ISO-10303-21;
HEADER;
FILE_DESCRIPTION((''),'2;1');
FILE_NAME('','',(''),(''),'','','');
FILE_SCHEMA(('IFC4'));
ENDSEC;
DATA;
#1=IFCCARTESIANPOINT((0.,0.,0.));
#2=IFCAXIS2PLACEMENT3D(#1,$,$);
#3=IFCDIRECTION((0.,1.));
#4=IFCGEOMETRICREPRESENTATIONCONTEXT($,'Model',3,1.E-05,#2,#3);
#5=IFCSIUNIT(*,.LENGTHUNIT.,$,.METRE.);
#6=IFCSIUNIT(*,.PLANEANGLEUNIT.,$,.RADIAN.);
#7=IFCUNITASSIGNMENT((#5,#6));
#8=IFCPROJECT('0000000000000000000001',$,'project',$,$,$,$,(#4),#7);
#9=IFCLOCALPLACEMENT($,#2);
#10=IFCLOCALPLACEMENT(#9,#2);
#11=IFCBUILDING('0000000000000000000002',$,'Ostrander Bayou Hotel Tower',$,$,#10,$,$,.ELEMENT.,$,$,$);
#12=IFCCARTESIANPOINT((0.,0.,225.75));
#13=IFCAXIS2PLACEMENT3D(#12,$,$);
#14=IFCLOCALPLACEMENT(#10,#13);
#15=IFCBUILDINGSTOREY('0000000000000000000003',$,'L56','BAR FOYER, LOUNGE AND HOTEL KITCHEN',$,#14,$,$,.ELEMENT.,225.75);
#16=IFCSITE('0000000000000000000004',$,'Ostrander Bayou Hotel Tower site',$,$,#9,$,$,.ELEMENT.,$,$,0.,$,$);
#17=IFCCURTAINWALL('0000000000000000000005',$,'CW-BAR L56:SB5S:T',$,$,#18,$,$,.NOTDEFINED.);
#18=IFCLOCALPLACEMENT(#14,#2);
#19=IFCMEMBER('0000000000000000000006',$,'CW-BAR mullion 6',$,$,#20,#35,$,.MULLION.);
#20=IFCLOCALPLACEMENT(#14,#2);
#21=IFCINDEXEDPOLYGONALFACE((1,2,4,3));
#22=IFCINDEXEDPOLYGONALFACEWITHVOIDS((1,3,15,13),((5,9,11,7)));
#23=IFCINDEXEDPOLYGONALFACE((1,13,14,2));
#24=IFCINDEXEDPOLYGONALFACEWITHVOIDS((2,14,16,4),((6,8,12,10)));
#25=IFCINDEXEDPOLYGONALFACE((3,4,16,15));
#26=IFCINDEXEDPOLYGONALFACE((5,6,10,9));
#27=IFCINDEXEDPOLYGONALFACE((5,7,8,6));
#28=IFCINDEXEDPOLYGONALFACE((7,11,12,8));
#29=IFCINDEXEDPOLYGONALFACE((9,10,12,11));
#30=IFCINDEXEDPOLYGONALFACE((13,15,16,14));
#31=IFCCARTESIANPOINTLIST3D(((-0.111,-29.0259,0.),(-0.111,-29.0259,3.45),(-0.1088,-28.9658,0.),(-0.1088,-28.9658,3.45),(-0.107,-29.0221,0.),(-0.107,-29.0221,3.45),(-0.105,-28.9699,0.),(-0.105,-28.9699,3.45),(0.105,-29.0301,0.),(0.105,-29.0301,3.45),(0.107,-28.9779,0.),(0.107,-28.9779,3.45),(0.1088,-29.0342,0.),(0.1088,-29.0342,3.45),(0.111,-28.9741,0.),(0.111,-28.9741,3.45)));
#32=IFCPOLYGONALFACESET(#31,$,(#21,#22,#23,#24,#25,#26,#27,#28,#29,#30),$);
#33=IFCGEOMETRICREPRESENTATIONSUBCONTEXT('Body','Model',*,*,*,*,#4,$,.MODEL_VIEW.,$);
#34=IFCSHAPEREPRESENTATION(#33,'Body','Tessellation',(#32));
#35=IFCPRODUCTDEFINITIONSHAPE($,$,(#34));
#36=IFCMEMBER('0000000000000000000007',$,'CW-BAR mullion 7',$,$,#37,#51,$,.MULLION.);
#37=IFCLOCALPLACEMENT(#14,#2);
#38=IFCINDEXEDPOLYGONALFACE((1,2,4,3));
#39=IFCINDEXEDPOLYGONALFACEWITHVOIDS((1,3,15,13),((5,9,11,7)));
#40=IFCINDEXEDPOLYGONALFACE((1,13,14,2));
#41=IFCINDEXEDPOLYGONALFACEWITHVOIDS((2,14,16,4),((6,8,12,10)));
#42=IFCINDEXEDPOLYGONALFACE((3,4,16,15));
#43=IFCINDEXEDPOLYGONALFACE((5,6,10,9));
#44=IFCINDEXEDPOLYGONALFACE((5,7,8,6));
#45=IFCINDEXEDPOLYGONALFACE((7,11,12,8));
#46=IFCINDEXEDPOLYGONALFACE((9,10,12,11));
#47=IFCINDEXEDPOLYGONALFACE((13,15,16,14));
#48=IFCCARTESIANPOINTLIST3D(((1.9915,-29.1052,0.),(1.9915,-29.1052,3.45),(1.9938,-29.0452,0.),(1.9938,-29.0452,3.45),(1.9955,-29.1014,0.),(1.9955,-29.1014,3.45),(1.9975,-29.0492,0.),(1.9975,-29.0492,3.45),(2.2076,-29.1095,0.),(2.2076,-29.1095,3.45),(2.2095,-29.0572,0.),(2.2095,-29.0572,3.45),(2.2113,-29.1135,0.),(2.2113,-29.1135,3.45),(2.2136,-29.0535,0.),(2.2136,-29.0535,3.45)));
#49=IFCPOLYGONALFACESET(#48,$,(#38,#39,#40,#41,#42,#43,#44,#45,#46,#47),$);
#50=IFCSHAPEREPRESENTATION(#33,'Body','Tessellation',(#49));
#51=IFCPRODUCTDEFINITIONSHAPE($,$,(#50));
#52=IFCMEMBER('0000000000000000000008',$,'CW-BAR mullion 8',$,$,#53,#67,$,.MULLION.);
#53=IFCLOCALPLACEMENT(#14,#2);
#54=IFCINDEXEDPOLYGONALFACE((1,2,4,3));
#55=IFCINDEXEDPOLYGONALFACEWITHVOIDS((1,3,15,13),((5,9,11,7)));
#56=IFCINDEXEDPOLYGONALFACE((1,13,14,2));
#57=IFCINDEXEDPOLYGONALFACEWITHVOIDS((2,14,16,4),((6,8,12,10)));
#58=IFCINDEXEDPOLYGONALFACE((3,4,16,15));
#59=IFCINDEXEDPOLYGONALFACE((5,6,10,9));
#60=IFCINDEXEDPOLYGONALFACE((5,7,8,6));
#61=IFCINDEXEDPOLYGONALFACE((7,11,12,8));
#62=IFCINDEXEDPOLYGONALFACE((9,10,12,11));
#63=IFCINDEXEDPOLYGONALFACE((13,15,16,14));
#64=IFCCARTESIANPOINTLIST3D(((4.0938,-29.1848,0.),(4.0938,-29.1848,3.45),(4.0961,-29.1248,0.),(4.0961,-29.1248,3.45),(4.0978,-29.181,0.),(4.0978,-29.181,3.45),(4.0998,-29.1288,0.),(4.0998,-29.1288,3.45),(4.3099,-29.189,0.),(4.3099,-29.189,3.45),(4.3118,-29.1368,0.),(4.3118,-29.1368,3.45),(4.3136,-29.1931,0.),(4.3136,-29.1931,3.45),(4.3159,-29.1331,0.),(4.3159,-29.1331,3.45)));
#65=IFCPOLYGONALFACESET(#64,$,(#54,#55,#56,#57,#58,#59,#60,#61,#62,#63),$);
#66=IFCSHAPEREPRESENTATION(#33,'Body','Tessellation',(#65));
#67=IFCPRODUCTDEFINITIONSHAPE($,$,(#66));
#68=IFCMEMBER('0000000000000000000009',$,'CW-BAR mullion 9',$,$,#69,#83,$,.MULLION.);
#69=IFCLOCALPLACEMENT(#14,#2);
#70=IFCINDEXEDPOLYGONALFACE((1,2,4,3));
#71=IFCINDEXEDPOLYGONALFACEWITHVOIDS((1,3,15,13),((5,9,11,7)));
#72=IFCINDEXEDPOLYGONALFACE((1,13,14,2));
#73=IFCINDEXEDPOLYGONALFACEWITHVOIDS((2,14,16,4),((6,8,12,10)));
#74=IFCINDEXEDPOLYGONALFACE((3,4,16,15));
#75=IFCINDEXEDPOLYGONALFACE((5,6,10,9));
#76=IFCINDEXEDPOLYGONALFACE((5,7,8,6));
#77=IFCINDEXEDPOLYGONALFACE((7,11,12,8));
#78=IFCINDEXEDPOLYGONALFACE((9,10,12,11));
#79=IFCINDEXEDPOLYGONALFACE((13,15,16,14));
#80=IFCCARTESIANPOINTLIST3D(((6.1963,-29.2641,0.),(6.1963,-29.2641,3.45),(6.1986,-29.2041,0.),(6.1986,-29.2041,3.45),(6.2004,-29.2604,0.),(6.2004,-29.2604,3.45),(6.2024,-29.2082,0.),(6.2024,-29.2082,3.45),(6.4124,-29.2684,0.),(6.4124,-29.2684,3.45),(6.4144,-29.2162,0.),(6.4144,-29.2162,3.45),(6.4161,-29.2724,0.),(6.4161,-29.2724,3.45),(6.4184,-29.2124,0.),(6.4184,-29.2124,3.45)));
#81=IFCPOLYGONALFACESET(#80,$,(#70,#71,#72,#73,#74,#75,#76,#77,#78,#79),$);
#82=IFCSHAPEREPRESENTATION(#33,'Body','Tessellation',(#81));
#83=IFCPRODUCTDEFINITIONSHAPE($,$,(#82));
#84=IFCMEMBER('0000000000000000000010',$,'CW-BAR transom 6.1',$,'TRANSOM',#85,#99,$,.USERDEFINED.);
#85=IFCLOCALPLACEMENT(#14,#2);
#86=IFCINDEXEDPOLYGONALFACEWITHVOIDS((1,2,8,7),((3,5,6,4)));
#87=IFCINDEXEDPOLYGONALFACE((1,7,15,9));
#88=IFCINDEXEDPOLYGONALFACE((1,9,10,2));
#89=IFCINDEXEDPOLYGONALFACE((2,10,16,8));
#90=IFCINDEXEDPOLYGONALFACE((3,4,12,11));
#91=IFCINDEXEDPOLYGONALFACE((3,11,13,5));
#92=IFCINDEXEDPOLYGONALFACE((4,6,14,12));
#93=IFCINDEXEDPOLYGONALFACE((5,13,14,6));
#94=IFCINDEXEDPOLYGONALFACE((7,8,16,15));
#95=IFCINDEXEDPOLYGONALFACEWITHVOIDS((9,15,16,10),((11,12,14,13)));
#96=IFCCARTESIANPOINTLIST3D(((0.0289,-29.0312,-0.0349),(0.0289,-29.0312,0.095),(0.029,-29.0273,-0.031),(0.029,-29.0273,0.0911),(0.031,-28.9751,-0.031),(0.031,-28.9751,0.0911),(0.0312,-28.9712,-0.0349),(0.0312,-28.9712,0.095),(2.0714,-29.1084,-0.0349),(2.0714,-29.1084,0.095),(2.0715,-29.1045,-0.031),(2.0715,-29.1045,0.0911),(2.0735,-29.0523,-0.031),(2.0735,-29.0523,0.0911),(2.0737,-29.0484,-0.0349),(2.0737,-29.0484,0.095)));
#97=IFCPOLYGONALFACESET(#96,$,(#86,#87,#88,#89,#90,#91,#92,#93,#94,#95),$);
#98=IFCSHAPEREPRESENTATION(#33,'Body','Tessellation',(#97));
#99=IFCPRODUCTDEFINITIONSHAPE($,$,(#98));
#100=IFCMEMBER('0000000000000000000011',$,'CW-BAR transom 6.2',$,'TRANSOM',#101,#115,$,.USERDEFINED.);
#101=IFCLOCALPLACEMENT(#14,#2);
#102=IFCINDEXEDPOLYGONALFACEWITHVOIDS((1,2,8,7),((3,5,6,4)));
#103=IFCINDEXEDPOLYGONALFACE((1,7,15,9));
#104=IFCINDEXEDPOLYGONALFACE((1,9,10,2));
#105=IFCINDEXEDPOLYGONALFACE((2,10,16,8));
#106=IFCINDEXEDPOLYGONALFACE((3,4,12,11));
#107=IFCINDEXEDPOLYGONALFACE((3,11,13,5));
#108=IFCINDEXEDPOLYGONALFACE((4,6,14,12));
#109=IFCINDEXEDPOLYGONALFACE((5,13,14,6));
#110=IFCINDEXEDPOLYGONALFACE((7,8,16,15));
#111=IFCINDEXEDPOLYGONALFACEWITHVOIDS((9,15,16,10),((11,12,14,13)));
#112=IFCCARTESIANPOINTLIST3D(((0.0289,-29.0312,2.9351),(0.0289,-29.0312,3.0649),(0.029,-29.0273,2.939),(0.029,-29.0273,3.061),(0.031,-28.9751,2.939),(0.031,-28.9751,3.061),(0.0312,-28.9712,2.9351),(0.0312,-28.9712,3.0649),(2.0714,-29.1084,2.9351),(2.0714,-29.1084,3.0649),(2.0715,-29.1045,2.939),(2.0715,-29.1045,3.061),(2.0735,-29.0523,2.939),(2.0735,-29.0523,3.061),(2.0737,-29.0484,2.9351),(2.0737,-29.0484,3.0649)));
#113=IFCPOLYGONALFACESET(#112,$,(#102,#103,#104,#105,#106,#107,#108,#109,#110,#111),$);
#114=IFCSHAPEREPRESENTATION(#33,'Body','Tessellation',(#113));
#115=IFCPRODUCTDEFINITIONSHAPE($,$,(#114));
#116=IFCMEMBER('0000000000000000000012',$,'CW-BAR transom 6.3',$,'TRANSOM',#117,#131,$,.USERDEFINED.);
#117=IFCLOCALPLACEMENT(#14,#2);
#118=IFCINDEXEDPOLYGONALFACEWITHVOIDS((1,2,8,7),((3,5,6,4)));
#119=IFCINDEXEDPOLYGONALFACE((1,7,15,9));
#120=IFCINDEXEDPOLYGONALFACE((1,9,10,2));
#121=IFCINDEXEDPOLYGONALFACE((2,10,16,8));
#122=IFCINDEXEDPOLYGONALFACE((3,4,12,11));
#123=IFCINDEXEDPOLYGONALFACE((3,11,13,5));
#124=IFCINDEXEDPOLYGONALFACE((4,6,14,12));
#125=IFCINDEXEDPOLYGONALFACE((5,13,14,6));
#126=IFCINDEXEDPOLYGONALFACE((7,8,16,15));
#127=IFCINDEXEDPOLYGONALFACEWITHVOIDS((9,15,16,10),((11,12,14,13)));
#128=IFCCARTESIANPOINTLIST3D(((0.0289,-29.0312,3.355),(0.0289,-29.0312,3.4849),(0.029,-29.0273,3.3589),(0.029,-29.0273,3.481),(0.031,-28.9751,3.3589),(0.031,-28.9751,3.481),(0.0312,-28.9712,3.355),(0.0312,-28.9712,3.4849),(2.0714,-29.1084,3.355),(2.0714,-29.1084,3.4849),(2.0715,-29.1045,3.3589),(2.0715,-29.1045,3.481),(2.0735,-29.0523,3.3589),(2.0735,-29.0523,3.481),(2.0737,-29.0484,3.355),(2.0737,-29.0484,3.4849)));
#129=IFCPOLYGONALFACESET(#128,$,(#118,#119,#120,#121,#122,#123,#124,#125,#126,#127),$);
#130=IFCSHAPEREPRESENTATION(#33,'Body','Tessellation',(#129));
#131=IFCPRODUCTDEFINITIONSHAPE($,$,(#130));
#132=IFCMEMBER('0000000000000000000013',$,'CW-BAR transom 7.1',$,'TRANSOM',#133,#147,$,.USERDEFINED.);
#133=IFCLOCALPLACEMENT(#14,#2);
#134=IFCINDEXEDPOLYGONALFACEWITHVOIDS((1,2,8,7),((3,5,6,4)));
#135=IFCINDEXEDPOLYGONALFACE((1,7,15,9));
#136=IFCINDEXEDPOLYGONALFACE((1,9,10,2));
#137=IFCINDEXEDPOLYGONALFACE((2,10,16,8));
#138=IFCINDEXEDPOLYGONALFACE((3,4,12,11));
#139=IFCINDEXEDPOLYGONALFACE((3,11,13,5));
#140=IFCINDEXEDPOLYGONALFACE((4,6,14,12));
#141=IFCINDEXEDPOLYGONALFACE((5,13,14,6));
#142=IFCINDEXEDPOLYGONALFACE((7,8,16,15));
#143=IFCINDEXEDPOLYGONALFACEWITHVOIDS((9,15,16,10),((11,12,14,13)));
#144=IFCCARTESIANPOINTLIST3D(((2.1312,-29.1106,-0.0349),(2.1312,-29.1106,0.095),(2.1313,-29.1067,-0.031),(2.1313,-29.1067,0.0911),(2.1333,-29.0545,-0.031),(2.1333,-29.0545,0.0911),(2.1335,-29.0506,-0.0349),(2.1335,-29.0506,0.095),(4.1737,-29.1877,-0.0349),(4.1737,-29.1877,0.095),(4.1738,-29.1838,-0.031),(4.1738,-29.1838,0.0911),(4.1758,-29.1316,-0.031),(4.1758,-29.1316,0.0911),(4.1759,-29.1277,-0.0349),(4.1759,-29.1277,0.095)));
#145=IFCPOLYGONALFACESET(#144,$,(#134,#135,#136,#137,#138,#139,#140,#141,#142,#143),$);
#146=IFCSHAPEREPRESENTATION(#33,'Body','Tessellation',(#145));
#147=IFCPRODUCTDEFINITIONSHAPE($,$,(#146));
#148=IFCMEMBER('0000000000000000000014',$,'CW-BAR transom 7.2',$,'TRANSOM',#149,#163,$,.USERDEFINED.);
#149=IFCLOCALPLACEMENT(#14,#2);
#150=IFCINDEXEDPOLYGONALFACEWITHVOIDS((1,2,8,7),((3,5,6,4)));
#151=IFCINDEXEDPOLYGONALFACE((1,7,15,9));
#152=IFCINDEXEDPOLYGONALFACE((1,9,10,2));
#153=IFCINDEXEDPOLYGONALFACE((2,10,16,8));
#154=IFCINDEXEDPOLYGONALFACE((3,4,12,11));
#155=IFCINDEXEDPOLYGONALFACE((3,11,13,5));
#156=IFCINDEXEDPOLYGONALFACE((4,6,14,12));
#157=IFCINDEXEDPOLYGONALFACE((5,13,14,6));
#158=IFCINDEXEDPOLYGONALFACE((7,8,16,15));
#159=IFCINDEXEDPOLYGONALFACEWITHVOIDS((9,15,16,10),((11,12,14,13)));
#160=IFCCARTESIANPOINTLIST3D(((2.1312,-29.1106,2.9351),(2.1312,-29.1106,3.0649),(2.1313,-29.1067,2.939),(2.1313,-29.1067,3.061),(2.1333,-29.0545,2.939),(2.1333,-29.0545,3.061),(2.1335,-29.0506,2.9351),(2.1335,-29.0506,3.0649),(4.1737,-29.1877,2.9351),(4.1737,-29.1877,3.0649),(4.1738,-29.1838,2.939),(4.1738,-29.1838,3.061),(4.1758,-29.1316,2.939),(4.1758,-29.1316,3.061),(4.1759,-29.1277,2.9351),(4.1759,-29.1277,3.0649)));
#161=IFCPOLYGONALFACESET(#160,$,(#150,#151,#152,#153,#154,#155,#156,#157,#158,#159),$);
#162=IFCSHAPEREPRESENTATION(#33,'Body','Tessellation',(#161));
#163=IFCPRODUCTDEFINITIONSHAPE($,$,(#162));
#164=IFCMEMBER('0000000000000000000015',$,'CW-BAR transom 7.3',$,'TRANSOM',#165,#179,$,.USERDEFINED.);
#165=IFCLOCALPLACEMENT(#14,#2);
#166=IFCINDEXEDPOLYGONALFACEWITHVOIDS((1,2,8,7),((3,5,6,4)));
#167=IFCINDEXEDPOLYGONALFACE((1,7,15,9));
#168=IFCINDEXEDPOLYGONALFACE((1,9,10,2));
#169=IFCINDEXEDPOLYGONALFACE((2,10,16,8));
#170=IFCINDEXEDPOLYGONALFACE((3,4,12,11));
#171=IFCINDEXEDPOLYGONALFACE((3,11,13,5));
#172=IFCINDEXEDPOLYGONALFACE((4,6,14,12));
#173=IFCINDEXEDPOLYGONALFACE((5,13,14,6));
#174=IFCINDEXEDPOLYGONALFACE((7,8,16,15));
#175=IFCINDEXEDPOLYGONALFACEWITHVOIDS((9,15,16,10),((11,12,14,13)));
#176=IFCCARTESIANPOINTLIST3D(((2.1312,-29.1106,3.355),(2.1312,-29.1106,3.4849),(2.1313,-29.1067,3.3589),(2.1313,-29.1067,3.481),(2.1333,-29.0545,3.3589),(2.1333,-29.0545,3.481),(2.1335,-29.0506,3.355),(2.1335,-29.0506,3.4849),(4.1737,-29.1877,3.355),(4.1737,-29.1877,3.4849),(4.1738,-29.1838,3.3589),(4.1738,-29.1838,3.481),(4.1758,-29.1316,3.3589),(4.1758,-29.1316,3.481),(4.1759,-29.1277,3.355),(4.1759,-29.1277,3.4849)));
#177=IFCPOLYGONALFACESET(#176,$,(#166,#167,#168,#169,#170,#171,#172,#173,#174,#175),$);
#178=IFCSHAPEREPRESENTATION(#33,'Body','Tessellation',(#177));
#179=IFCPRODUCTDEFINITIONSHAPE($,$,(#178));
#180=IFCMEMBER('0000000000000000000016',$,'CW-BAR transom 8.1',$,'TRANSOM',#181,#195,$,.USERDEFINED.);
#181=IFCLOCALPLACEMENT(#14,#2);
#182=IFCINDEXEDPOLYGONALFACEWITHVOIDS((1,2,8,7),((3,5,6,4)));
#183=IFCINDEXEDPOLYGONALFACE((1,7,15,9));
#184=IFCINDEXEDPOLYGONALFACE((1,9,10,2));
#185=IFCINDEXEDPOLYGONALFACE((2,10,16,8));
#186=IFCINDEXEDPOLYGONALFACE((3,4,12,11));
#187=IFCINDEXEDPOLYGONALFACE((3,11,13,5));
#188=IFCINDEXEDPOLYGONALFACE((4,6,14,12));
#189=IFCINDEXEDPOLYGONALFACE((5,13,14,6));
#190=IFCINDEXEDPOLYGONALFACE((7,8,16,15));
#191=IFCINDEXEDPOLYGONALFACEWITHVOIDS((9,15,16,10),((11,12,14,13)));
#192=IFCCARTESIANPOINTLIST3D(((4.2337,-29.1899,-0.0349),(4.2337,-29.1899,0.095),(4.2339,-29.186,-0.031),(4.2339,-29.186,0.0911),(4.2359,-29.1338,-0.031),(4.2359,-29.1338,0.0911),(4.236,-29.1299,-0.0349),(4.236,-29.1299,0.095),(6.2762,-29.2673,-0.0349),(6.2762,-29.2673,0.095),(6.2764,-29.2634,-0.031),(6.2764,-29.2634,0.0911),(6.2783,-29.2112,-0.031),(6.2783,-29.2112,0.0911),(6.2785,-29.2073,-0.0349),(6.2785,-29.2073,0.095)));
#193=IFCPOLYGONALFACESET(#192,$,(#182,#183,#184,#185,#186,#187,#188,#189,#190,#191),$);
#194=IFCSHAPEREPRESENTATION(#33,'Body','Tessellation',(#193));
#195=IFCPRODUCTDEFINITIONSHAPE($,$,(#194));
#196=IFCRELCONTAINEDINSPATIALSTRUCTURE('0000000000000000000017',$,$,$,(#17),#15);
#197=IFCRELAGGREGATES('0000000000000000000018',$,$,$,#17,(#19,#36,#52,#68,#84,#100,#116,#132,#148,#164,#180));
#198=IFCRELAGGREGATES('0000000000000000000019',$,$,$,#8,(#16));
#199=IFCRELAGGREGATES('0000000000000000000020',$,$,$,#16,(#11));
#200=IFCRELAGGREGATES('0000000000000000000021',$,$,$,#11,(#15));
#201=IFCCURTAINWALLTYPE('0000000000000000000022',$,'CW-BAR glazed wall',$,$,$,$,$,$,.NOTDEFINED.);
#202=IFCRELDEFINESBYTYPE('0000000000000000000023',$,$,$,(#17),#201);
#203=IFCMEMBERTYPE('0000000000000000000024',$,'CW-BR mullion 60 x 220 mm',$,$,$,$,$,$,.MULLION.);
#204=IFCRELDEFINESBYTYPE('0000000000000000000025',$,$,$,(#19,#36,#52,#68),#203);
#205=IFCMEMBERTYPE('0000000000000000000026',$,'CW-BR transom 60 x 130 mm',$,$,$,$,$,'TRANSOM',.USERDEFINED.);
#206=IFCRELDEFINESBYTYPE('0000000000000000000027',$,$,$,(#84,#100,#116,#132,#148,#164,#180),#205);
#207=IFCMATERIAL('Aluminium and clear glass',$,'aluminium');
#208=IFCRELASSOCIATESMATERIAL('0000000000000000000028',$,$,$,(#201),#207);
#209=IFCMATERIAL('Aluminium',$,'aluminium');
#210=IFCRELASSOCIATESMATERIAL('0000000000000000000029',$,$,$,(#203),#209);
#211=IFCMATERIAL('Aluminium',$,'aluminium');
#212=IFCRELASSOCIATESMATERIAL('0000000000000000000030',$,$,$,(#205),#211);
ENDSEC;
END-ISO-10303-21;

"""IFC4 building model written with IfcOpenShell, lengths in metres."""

from ifc_helpers import new_model, si_unit, direction, frame, origin, origin_2d, place, context, subcontext, project, spatial, hollow_rectangle, extrude, material, material_profile, profile_set, type_object, element, aggregate, save


model = new_model("IFC4")

# Units and contexts
model_context = context("Model", 3, precision=1e-05, world=origin(), true_north=direction((0.0, 1.0)))
body_context = subcontext(model_context, "Body", "Model", "MODEL_VIEW")
ifc_project = project(units=[si_unit("LENGTHUNIT", "METRE"), si_unit("PLANEANGLEUNIT", "RADIAN")], contexts=[model_context])

# Site, building, storey
site_placement = place(None, origin())
site = spatial("IfcSite", under=ifc_project, at=site_placement, Name="Ostrander Bayou Hotel Tower site", CompositionType="ELEMENT", RefElevation=0.0)
building_placement = place(site_placement, origin())
building = spatial("IfcBuilding", under=site, at=building_placement, Name="Ostrander Bayou Hotel Tower", CompositionType="ELEMENT")
storey_placement = place(building_placement, frame((0.0, 0.0, 225.75)))
storey = spatial("IfcBuildingStorey", under=building, at=storey_placement, Name="L56", Description="BAR FOYER, LOUNGE AND HOTEL KITCHEN", CompositionType="ELEMENT", Elevation=225.75)

# Curtain wall, members
ifc_material_1 = material(Name="Aluminium and clear glass", Category="aluminium")
curtain_wall_type = type_object("IfcCurtainWallType", Name="CW-BAR glazed wall", PredefinedType="NOTDEFINED", material=ifc_material_1)
curtain_wall_placement = place(storey_placement, origin())
curtain_wall = element("IfcCurtainWall", 1, at=curtain_wall_placement, inside=storey, type_object=curtain_wall_type, Name="CW-BAR L56:SB5S:T", PredefinedType="NOTDEFINED")
ifc_material_2 = material(Name="Aluminium", Category="aluminium")
ifc_material_profile_1 = material_profile(ifc_material_2, hollow_rectangle(XDim=0.0601, YDim=0.22, WallThickness=0.0039, at=origin_2d()))
ifc_profile_set_1 = profile_set([ifc_material_profile_1], Name="Aluminium")
member_type_1 = type_object("IfcMemberType", Name="CW-BR mullion 60 x 220 mm", PredefinedType="MULLION", material=ifc_profile_set_1)
member_1_placement = place(storey_placement, frame((0.0, -29.0, 0.0), z_axis=(0.0, 0.0, 1.0), x_axis=(0.037758, 0.999287, 0.0)))
member_1 = element("IfcMember", 2, at=member_1_placement, type_object=member_type_1, Name="CW-BAR mullion 6", PredefinedType="MULLION", context=body_context, shape_type="SweptSolid", body=[
    extrude(hollow_rectangle(XDim=0.0601, YDim=0.22, WallThickness=0.0039, at=origin_2d()), origin(), (0.0, 0.0, 1.0), 3.45),
])
member_2_placement = place(storey_placement, frame((2.1025, -29.0793, 0.0), z_axis=(0.0, 0.0, 1.0), x_axis=(0.037758, 0.999287, 0.0)))
member_2 = element("IfcMember", 3, at=member_2_placement, type_object=member_type_1, Name="CW-BAR mullion 7", PredefinedType="MULLION", context=body_context, shape_type="SweptSolid", body=[
    extrude(hollow_rectangle(XDim=0.0601, YDim=0.22, WallThickness=0.0039, at=origin_2d()), origin(), (0.0, 0.0, 1.0), 3.45),
])
member_3_placement = place(storey_placement, frame((4.2048, -29.1589, 0.0), z_axis=(0.0, 0.0, 1.0), x_axis=(0.037758, 0.999287, 0.0)))
member_3 = element("IfcMember", 4, at=member_3_placement, type_object=member_type_1, Name="CW-BAR mullion 8", PredefinedType="MULLION", context=body_context, shape_type="SweptSolid", body=[
    extrude(hollow_rectangle(XDim=0.0601, YDim=0.22, WallThickness=0.0039, at=origin_2d()), origin(), (0.0, 0.0, 1.0), 3.45),
])
member_4_placement = place(storey_placement, frame((6.3074, -29.2383, 0.0), z_axis=(0.0, 0.0, 1.0), x_axis=(0.037758, 0.999287, 0.0)))
member_4 = element("IfcMember", 5, at=member_4_placement, type_object=member_type_1, Name="CW-BAR mullion 9", PredefinedType="MULLION", context=body_context, shape_type="SweptSolid", body=[
    extrude(hollow_rectangle(XDim=0.0601, YDim=0.22, WallThickness=0.0039, at=origin_2d()), origin(), (0.0, 0.0, 1.0), 3.45),
])
ifc_material_3 = material(Name="Aluminium", Category="aluminium")
ifc_material_profile_2 = material_profile(ifc_material_3, hollow_rectangle(XDim=0.0601, YDim=0.1299, WallThickness=0.0039, at=origin_2d()))
ifc_profile_set_2 = profile_set([ifc_material_profile_2], Name="Aluminium")
member_type_2 = type_object("IfcMemberType", Name="CW-BR transom 60 x 130 mm", ElementType="TRANSOM", PredefinedType="USERDEFINED", material=ifc_profile_set_2)
member_5_placement = place(storey_placement, frame((0.03, -29.0012, 0.03), z_axis=(0.999287, -0.037745, 0.0), x_axis=(0.037745, 0.999287, 0.0)))
member_5 = element("IfcMember", 6, at=member_5_placement, type_object=member_type_2, Name="CW-BAR transom 6.1", ObjectType="TRANSOM", PredefinedType="USERDEFINED", context=body_context, shape_type="SweptSolid", body=[
    extrude(hollow_rectangle(XDim=0.0601, YDim=0.1299, WallThickness=0.0039, at=origin_2d()), origin(), (0.0, 0.0, 1.0), 2.0439),
])
member_6_placement = place(storey_placement, frame((0.03, -29.0012, 3.0), z_axis=(0.999287, -0.037745, 0.0), x_axis=(0.037745, 0.999287, 0.0)))
member_6 = element("IfcMember", 7, at=member_6_placement, type_object=member_type_2, Name="CW-BAR transom 6.2", ObjectType="TRANSOM", PredefinedType="USERDEFINED", context=body_context, shape_type="SweptSolid", body=[
    extrude(hollow_rectangle(XDim=0.0601, YDim=0.1299, WallThickness=0.0039, at=origin_2d()), origin(), (0.0, 0.0, 1.0), 2.0439),
])
member_7_placement = place(storey_placement, frame((0.03, -29.0012, 3.4199), z_axis=(0.999287, -0.037745, 0.0), x_axis=(0.037745, 0.999287, 0.0)))
member_7 = element("IfcMember", 8, at=member_7_placement, type_object=member_type_2, Name="CW-BAR transom 6.3", ObjectType="TRANSOM", PredefinedType="USERDEFINED", context=body_context, shape_type="SweptSolid", body=[
    extrude(hollow_rectangle(XDim=0.0601, YDim=0.1299, WallThickness=0.0039, at=origin_2d()), origin(), (0.0, 0.0, 1.0), 2.0439),
])
member_8_placement = place(storey_placement, frame((2.1323, -29.0806, 0.03), z_axis=(0.999287, -0.037745, 0.0), x_axis=(0.037745, 0.999287, 0.0)))
member_8 = element("IfcMember", 9, at=member_8_placement, type_object=member_type_2, Name="CW-BAR transom 7.1", ObjectType="TRANSOM", PredefinedType="USERDEFINED", context=body_context, shape_type="SweptSolid", body=[
    extrude(hollow_rectangle(XDim=0.0601, YDim=0.1299, WallThickness=0.0039, at=origin_2d()), origin(), (0.0, 0.0, 1.0), 2.0439),
])
member_9_placement = place(storey_placement, frame((2.1323, -29.0806, 3.0), z_axis=(0.999287, -0.037745, 0.0), x_axis=(0.037745, 0.999287, 0.0)))
member_9 = element("IfcMember", 10, at=member_9_placement, type_object=member_type_2, Name="CW-BAR transom 7.2", ObjectType="TRANSOM", PredefinedType="USERDEFINED", context=body_context, shape_type="SweptSolid", body=[
    extrude(hollow_rectangle(XDim=0.0601, YDim=0.1299, WallThickness=0.0039, at=origin_2d()), origin(), (0.0, 0.0, 1.0), 2.0439),
])
member_10_placement = place(storey_placement, frame((2.1323, -29.0806, 3.4199), z_axis=(0.999287, -0.037745, 0.0), x_axis=(0.037745, 0.999287, 0.0)))
member_10 = element("IfcMember", 11, at=member_10_placement, type_object=member_type_2, Name="CW-BAR transom 7.3", ObjectType="TRANSOM", PredefinedType="USERDEFINED", context=body_context, shape_type="SweptSolid", body=[
    extrude(hollow_rectangle(XDim=0.0601, YDim=0.1299, WallThickness=0.0039, at=origin_2d()), origin(), (0.0, 0.0, 1.0), 2.0439),
])
member_11_placement = place(storey_placement, frame((4.2349, -29.1599, 0.03), z_axis=(0.999283, -0.037864, 0.0), x_axis=(0.037864, 0.999283, 0.0)))
member_11 = element("IfcMember", 12, at=member_11_placement, type_object=member_type_2, Name="CW-BAR transom 8.1", ObjectType="TRANSOM", PredefinedType="USERDEFINED", context=body_context, shape_type="SweptSolid", body=[
    extrude(hollow_rectangle(XDim=0.0601, YDim=0.1299, WallThickness=0.0039, at=origin_2d()), origin(), (0.0, 0.0, 1.0), 2.0439),
])
aggregate(curtain_wall, [member_1, member_2, member_3, member_4, member_5, member_6, member_7, member_8, member_9, member_10, member_11])

save(model, "model.ifc")
